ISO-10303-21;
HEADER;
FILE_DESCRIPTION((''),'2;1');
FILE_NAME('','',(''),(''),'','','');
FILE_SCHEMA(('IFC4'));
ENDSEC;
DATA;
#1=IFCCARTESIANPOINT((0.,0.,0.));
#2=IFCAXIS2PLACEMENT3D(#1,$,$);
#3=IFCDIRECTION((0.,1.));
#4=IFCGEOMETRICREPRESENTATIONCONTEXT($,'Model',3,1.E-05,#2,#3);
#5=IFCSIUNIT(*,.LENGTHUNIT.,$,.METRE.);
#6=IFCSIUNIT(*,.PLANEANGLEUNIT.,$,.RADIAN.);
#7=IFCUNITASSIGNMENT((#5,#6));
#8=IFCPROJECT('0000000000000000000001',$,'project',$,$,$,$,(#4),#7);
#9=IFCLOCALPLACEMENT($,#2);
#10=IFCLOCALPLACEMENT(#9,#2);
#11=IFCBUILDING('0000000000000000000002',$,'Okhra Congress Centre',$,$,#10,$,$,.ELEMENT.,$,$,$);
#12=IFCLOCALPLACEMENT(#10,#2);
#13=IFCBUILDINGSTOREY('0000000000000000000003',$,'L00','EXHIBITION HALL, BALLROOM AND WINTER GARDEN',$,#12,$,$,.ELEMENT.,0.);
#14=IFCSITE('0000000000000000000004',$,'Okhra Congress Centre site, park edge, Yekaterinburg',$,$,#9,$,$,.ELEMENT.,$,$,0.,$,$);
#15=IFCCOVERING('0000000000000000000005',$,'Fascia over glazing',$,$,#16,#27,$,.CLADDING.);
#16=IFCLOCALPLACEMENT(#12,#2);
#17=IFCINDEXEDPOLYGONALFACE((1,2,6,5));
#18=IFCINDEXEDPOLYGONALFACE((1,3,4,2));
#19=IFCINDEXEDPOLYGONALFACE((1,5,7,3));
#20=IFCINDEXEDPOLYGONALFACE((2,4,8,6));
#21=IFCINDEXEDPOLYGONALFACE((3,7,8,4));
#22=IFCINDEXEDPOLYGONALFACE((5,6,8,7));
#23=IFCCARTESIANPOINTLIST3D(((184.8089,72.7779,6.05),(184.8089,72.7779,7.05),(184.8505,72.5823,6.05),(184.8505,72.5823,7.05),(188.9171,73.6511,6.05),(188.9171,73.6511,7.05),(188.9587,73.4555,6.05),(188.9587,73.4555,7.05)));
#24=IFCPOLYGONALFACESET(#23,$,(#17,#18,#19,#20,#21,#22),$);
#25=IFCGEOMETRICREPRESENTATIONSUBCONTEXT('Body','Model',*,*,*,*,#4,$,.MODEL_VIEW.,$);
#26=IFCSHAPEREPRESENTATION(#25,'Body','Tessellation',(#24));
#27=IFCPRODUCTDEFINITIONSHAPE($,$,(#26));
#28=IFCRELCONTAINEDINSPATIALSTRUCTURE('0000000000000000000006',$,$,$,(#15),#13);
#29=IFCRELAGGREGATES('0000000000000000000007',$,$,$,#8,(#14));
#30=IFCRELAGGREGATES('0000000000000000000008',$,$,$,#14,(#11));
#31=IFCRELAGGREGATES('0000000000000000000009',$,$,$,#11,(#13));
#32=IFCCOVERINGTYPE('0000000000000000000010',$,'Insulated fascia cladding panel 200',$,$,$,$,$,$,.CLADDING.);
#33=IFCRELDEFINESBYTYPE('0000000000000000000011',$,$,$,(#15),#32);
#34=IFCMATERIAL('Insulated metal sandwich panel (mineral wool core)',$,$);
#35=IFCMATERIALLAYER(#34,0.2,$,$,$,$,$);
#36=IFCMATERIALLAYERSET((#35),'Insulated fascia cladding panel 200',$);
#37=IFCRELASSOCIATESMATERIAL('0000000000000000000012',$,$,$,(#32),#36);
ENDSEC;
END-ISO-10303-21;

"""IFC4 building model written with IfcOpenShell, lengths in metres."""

from ifc_helpers import new_model, si_unit, direction, frame, origin, origin_2d, place, context, subcontext, project, spatial, rectangle, extrude, material, layer, layer_set, type_object, element, save


model = new_model("IFC4")

# Units and contexts
model_context = context("Model", 3, precision=1e-05, world=origin(), true_north=direction((0.0, 1.0)))
body_context = subcontext(model_context, "Body", "Model", "MODEL_VIEW")
ifc_project = project(units=[si_unit("LENGTHUNIT", "METRE"), si_unit("PLANEANGLEUNIT", "RADIAN")], contexts=[model_context])

# Site, building, storey
site_placement = place(None, origin())
site = spatial("IfcSite", under=ifc_project, at=site_placement, Name="Okhra Congress Centre site, park edge, Yekaterinburg", CompositionType="ELEMENT", RefElevation=0.0)
building_placement = place(site_placement, origin())
building = spatial("IfcBuilding", under=site, at=building_placement, Name="Okhra Congress Centre", CompositionType="ELEMENT")
storey_placement = place(building_placement, origin())
storey = spatial("IfcBuildingStorey", under=building, at=storey_placement, Name="L00", Description="EXHIBITION HALL, BALLROOM AND WINTER GARDEN", CompositionType="ELEMENT", Elevation=0.0)

# Covering
ifc_material_1 = material(Name="Insulated metal sandwich panel (mineral wool core)")
ifc_layer_1 = layer(ifc_material_1, 0.2)
ifc_layer_set_1 = layer_set([ifc_layer_1], Name="Insulated fascia cladding panel 200")
covering_type_1 = type_object("IfcCoveringType", Name="Insulated fascia cladding panel 200", PredefinedType="CLADDING", material=ifc_layer_set_1)
covering_1_placement = place(storey_placement, frame((186.8838, 73.1167, 6.05), z_axis=(0.0, 0.0, 1.0), x_axis=(0.978148, 0.207912, 0.0)))
element("IfcCovering", 1, at=covering_1_placement, inside=storey, type_object=covering_type_1, Name="Fascia over glazing", PredefinedType="CLADDING", context=body_context, shape_type="SweptSolid", body=[
    extrude(rectangle(XDim=4.2, YDim=0.2, at=origin_2d()), origin(), (0.0, 0.0, 1.0), 1.0),
])

save(model, "model.ifc")
